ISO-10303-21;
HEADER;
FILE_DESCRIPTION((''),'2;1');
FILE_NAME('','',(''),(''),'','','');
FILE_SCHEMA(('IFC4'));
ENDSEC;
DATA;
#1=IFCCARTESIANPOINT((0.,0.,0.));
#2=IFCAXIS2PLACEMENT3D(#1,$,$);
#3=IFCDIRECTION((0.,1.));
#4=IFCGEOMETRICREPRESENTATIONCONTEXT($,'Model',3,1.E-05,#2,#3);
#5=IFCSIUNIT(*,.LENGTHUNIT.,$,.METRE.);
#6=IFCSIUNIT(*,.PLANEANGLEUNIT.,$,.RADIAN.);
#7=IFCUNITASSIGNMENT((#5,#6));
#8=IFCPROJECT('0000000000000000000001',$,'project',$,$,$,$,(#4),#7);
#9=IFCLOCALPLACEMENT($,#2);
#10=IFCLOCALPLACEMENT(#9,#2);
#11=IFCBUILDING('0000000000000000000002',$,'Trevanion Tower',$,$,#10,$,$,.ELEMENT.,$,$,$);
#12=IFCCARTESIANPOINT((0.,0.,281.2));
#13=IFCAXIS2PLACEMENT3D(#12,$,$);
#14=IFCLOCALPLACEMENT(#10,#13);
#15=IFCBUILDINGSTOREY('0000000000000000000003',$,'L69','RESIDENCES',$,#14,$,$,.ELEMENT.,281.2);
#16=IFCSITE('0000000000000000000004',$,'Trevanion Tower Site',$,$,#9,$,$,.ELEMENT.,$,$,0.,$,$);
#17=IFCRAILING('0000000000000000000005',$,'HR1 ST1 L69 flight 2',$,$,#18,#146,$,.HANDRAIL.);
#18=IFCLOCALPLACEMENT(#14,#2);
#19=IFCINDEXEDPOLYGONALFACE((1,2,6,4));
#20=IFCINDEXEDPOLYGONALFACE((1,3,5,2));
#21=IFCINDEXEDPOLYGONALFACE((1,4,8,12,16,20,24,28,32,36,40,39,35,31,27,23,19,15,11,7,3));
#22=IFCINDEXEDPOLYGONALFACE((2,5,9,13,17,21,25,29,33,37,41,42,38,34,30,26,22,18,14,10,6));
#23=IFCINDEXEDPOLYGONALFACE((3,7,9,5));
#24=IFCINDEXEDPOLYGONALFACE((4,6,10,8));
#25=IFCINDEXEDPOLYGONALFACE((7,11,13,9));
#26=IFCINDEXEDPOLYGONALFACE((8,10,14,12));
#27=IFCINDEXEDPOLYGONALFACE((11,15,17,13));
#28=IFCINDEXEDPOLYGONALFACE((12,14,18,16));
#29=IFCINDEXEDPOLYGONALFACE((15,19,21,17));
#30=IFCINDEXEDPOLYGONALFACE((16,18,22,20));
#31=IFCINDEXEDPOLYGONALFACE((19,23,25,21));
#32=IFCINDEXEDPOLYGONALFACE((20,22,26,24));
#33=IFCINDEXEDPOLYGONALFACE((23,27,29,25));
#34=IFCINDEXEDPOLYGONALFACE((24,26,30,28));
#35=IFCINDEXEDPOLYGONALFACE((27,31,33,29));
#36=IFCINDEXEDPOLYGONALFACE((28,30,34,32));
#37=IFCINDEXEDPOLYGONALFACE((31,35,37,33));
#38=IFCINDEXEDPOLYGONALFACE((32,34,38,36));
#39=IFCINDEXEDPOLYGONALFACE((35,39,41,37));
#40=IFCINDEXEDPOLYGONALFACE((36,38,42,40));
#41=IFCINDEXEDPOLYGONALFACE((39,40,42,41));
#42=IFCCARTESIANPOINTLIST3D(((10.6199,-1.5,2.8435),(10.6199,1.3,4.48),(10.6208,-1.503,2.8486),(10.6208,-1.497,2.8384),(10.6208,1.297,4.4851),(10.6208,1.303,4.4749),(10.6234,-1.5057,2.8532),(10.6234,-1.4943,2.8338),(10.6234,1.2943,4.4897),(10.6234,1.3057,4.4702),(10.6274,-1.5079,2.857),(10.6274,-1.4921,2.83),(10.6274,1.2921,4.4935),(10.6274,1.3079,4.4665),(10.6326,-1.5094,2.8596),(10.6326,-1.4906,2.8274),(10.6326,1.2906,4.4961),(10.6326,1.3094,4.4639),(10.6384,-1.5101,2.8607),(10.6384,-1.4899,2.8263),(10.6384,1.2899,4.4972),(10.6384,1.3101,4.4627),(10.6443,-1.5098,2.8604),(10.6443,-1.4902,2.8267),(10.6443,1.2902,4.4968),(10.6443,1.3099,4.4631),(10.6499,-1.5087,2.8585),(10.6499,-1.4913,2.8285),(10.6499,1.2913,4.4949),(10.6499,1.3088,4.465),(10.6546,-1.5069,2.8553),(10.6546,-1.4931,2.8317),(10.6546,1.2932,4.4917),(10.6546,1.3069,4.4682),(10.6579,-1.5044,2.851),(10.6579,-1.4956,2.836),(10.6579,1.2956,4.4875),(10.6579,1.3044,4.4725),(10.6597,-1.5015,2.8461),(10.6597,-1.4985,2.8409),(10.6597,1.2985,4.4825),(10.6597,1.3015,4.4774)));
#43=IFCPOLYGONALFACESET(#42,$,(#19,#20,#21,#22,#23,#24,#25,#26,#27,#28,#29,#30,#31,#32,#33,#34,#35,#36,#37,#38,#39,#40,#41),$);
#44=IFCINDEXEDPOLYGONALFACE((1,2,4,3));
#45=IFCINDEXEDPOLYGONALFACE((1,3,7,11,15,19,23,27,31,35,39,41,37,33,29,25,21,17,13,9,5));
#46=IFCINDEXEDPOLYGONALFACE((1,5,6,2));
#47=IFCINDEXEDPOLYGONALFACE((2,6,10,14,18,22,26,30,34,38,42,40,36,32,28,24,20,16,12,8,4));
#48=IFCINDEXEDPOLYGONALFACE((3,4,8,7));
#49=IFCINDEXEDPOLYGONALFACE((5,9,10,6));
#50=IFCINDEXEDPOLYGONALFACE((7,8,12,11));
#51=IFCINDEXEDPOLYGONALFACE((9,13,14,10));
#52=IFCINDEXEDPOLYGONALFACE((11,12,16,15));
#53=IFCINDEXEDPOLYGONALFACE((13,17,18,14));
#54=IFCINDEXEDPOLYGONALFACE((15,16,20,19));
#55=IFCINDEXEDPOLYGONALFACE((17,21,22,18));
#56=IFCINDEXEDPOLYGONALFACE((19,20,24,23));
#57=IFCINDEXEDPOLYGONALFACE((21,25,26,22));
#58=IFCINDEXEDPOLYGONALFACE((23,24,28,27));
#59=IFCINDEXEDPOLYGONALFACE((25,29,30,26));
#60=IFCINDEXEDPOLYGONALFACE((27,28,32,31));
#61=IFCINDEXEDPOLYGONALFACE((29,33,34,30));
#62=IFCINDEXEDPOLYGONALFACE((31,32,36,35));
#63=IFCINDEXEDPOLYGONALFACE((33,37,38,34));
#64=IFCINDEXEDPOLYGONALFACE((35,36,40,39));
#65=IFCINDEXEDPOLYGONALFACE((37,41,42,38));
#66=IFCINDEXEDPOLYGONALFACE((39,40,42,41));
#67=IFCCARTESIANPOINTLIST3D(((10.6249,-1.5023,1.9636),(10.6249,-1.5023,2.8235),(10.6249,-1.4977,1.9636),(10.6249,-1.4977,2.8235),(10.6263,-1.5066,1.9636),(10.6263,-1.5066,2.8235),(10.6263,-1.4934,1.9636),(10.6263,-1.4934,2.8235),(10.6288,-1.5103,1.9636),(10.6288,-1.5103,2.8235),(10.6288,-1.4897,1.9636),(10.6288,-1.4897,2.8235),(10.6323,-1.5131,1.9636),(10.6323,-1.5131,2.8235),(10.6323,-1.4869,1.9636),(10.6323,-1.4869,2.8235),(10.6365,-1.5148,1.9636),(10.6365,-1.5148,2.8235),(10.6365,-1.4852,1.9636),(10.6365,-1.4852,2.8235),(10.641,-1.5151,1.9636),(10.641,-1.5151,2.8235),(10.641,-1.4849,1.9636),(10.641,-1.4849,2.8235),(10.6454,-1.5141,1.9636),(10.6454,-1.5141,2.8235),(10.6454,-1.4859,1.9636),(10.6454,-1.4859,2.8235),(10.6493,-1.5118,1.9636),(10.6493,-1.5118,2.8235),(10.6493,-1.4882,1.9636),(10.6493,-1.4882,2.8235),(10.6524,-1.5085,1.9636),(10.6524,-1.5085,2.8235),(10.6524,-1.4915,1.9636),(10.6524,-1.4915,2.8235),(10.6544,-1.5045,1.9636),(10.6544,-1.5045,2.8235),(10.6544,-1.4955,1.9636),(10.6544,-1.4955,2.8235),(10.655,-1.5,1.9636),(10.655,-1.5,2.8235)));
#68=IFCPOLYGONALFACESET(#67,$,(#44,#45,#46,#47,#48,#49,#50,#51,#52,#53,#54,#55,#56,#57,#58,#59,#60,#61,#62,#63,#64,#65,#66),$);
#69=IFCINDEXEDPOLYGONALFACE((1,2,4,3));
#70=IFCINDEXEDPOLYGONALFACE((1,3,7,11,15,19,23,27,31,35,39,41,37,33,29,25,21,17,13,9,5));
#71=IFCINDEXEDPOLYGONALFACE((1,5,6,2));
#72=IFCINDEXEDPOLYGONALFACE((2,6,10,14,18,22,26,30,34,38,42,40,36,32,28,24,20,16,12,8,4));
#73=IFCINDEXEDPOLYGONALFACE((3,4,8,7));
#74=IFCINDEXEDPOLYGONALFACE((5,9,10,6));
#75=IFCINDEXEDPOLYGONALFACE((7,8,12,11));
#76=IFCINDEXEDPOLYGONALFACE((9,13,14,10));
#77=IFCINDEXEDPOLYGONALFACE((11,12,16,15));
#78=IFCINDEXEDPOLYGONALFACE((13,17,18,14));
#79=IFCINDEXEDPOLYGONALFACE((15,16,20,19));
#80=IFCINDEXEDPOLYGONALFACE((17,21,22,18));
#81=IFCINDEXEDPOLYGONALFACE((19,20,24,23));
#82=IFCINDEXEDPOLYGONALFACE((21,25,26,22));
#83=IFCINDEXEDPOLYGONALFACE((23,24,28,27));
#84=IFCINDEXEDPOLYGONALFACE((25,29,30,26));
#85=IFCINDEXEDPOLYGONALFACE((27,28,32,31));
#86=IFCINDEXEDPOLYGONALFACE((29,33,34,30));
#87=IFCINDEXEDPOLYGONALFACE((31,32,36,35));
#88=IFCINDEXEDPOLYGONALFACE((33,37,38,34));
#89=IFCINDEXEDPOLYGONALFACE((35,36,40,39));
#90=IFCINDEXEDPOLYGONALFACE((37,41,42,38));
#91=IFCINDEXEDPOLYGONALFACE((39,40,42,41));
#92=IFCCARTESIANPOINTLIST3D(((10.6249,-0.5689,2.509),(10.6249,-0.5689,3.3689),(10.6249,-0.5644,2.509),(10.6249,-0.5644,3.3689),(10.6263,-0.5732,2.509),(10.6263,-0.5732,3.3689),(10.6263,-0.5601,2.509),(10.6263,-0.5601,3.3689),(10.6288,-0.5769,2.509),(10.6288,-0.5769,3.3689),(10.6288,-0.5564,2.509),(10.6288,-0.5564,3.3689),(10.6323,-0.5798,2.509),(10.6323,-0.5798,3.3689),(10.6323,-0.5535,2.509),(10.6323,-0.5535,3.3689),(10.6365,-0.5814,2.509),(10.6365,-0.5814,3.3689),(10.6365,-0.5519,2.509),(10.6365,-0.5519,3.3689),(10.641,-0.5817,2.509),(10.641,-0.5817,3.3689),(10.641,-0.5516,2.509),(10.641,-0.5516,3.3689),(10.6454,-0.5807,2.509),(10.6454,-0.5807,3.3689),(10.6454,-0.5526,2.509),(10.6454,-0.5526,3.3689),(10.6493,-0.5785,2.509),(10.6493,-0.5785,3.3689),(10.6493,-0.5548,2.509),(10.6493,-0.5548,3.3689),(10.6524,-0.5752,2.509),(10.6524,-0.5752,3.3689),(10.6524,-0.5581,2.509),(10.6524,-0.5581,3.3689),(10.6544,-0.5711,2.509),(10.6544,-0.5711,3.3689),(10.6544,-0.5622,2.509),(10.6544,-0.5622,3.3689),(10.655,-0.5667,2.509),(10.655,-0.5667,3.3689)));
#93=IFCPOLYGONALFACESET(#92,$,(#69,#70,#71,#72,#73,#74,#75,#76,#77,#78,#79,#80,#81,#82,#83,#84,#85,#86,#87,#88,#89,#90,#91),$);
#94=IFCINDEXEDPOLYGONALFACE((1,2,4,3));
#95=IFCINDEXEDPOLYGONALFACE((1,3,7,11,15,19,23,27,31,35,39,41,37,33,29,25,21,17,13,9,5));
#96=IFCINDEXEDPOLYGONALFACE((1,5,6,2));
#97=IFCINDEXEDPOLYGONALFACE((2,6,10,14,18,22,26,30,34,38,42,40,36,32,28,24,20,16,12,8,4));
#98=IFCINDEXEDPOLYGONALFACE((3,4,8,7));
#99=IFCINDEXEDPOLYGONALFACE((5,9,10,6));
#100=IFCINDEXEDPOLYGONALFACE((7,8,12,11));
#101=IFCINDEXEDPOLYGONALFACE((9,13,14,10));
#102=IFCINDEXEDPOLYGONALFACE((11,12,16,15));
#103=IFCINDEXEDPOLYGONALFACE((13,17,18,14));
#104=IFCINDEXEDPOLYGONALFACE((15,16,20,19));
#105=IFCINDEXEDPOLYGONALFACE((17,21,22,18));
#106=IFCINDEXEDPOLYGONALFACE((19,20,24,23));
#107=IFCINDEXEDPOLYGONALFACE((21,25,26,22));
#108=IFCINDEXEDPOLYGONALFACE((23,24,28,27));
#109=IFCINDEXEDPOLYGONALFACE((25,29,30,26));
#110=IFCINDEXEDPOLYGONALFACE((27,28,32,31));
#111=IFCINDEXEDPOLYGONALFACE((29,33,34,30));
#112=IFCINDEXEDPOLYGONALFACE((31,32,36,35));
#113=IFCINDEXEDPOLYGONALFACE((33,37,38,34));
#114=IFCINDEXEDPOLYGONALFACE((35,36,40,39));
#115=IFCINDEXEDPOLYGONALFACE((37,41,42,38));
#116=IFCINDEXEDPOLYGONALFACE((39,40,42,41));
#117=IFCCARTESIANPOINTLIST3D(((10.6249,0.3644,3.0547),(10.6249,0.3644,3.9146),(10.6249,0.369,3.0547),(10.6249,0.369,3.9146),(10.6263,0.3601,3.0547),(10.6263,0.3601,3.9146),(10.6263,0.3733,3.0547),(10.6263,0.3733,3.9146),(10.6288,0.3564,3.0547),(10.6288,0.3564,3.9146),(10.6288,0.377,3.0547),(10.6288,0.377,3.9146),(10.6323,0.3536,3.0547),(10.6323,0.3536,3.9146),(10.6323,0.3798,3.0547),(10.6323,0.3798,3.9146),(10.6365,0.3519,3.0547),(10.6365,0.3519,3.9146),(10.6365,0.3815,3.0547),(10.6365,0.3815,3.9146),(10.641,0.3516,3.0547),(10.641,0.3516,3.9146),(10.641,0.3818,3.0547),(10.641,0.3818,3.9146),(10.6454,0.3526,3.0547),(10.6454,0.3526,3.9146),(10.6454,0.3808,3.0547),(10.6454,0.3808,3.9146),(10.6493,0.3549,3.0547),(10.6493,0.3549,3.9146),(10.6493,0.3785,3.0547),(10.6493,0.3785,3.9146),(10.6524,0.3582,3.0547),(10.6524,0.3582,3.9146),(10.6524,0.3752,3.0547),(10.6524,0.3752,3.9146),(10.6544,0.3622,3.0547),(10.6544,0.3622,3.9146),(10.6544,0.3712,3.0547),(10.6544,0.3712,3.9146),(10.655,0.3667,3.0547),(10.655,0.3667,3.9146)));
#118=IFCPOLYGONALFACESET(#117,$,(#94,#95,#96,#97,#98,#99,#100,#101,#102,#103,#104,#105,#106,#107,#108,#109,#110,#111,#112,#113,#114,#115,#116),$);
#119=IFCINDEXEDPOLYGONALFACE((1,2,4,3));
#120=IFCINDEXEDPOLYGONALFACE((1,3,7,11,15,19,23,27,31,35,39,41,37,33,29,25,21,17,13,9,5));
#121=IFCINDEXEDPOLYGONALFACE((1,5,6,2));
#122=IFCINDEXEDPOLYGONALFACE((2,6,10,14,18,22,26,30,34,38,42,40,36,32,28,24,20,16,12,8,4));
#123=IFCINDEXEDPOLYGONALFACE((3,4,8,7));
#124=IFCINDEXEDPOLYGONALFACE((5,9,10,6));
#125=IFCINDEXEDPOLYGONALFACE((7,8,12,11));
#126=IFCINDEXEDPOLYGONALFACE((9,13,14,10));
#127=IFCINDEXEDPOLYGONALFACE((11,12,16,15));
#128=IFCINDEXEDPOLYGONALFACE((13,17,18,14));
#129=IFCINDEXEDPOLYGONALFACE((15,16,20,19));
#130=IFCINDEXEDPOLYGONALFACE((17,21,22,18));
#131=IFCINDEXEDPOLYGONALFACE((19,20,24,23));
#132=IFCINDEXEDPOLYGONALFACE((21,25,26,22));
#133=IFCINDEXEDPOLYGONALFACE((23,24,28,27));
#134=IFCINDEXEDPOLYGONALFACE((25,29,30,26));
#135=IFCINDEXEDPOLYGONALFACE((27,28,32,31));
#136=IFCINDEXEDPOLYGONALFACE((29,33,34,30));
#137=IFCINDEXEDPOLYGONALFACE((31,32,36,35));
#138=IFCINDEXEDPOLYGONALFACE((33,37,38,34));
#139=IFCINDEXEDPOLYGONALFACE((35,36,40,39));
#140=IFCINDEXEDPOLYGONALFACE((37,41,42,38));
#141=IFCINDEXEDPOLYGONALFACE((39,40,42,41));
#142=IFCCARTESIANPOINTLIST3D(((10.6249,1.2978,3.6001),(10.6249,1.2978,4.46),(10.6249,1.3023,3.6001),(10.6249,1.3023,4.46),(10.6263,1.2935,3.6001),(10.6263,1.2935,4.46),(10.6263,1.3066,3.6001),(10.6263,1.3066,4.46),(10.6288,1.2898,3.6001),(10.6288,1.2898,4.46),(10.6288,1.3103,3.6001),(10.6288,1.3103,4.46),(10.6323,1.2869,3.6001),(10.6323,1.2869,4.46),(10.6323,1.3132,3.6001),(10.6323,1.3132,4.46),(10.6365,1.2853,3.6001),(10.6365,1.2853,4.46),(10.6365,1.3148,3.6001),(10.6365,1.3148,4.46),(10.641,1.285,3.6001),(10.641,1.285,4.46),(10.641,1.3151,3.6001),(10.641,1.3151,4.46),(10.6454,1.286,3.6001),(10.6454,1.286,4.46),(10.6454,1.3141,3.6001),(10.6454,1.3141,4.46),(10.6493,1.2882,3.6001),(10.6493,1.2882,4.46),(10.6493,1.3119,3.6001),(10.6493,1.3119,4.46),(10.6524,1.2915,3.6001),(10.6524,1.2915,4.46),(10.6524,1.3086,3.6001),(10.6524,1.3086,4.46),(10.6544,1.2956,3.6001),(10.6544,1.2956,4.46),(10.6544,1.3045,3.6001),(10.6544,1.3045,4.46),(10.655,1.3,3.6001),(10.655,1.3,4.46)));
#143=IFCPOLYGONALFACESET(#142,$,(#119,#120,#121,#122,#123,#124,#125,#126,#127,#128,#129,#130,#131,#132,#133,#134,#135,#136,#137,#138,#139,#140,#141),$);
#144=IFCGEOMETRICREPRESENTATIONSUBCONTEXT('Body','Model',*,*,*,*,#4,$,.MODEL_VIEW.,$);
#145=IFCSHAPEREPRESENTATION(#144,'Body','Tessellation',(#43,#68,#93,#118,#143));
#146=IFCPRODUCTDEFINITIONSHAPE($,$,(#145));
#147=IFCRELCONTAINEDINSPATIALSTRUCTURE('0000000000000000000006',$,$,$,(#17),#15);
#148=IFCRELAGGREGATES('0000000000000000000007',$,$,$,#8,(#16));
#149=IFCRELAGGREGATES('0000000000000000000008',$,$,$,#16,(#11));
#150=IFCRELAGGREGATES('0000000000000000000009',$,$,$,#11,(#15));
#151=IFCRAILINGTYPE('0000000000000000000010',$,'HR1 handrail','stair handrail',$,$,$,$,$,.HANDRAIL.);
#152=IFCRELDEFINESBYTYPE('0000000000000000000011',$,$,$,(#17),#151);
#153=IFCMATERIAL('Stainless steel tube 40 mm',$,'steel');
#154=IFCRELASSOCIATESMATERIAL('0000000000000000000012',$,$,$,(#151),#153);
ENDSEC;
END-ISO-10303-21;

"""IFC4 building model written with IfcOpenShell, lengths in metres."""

from ifc_helpers import new_model, si_unit, direction, frame, origin, origin_2d, place, context, subcontext, project, spatial, circle, extrude, material, type_object, element, save


model = new_model("IFC4")

# Units and contexts
model_context = context("Model", 3, precision=1e-05, world=origin(), true_north=direction((0.0, 1.0)))
body_context = subcontext(model_context, "Body", "Model", "MODEL_VIEW")
ifc_project = project(units=[si_unit("LENGTHUNIT", "METRE"), si_unit("PLANEANGLEUNIT", "RADIAN")], contexts=[model_context])

# Site, building, storey
site_placement = place(None, origin())
site = spatial("IfcSite", under=ifc_project, at=site_placement, Name="Trevanion Tower Site", CompositionType="ELEMENT", RefElevation=0.0)
building_placement = place(site_placement, origin())
building = spatial("IfcBuilding", under=site, at=building_placement, Name="Trevanion Tower", CompositionType="ELEMENT")
storey_placement = place(building_placement, frame((0.0, 0.0, 281.2)))
storey = spatial("IfcBuildingStorey", under=building, at=storey_placement, Name="L69", Description="RESIDENCES", CompositionType="ELEMENT", Elevation=281.2)

# Railing
ifc_material_1 = material(Name="Stainless steel tube 40 mm", Category="steel")
railing_type = type_object("IfcRailingType", Name="HR1 handrail", Description="stair handrail", PredefinedType="HANDRAIL", material=ifc_material_1)
for number, where, name in (
    (1, (10.6399, -1.5, 1.9636), "HR1 ST1 L69 flight 2"),
):
    element("IfcRailing", number, at=place(storey_placement, frame(where)), inside=storey, type_object=railing_type, Name=name, PredefinedType="HANDRAIL", context=body_context, shape_type="SweptSolid", body=[
        extrude(circle(Radius=0.02, at=origin_2d()), frame((0.0, 0.0, 0.8799), z_axis=(0.0, 0.863361, 0.504587), x_axis=(-1.0, 0.0, 0.0)), (0.0, 0.0, 1.0), 3.2432),
        extrude(circle(Radius=0.0151, at=origin_2d()), origin(), (0.0, 0.0, 1.0), 0.8599),
        extrude(circle(Radius=0.0151, at=origin_2d()), frame((0.0, 0.9333, 0.5454)), (0.0, 0.0, 1.0), 0.8599),
        extrude(circle(Radius=0.0151, at=origin_2d()), frame((0.0, 1.8667, 1.0911)), (0.0, 0.0, 1.0), 0.8599),
        extrude(circle(Radius=0.0151, at=origin_2d()), frame((0.0, 2.8, 1.6365)), (0.0, 0.0, 1.0), 0.8599),
    ])

save(model, "model.ifc")
